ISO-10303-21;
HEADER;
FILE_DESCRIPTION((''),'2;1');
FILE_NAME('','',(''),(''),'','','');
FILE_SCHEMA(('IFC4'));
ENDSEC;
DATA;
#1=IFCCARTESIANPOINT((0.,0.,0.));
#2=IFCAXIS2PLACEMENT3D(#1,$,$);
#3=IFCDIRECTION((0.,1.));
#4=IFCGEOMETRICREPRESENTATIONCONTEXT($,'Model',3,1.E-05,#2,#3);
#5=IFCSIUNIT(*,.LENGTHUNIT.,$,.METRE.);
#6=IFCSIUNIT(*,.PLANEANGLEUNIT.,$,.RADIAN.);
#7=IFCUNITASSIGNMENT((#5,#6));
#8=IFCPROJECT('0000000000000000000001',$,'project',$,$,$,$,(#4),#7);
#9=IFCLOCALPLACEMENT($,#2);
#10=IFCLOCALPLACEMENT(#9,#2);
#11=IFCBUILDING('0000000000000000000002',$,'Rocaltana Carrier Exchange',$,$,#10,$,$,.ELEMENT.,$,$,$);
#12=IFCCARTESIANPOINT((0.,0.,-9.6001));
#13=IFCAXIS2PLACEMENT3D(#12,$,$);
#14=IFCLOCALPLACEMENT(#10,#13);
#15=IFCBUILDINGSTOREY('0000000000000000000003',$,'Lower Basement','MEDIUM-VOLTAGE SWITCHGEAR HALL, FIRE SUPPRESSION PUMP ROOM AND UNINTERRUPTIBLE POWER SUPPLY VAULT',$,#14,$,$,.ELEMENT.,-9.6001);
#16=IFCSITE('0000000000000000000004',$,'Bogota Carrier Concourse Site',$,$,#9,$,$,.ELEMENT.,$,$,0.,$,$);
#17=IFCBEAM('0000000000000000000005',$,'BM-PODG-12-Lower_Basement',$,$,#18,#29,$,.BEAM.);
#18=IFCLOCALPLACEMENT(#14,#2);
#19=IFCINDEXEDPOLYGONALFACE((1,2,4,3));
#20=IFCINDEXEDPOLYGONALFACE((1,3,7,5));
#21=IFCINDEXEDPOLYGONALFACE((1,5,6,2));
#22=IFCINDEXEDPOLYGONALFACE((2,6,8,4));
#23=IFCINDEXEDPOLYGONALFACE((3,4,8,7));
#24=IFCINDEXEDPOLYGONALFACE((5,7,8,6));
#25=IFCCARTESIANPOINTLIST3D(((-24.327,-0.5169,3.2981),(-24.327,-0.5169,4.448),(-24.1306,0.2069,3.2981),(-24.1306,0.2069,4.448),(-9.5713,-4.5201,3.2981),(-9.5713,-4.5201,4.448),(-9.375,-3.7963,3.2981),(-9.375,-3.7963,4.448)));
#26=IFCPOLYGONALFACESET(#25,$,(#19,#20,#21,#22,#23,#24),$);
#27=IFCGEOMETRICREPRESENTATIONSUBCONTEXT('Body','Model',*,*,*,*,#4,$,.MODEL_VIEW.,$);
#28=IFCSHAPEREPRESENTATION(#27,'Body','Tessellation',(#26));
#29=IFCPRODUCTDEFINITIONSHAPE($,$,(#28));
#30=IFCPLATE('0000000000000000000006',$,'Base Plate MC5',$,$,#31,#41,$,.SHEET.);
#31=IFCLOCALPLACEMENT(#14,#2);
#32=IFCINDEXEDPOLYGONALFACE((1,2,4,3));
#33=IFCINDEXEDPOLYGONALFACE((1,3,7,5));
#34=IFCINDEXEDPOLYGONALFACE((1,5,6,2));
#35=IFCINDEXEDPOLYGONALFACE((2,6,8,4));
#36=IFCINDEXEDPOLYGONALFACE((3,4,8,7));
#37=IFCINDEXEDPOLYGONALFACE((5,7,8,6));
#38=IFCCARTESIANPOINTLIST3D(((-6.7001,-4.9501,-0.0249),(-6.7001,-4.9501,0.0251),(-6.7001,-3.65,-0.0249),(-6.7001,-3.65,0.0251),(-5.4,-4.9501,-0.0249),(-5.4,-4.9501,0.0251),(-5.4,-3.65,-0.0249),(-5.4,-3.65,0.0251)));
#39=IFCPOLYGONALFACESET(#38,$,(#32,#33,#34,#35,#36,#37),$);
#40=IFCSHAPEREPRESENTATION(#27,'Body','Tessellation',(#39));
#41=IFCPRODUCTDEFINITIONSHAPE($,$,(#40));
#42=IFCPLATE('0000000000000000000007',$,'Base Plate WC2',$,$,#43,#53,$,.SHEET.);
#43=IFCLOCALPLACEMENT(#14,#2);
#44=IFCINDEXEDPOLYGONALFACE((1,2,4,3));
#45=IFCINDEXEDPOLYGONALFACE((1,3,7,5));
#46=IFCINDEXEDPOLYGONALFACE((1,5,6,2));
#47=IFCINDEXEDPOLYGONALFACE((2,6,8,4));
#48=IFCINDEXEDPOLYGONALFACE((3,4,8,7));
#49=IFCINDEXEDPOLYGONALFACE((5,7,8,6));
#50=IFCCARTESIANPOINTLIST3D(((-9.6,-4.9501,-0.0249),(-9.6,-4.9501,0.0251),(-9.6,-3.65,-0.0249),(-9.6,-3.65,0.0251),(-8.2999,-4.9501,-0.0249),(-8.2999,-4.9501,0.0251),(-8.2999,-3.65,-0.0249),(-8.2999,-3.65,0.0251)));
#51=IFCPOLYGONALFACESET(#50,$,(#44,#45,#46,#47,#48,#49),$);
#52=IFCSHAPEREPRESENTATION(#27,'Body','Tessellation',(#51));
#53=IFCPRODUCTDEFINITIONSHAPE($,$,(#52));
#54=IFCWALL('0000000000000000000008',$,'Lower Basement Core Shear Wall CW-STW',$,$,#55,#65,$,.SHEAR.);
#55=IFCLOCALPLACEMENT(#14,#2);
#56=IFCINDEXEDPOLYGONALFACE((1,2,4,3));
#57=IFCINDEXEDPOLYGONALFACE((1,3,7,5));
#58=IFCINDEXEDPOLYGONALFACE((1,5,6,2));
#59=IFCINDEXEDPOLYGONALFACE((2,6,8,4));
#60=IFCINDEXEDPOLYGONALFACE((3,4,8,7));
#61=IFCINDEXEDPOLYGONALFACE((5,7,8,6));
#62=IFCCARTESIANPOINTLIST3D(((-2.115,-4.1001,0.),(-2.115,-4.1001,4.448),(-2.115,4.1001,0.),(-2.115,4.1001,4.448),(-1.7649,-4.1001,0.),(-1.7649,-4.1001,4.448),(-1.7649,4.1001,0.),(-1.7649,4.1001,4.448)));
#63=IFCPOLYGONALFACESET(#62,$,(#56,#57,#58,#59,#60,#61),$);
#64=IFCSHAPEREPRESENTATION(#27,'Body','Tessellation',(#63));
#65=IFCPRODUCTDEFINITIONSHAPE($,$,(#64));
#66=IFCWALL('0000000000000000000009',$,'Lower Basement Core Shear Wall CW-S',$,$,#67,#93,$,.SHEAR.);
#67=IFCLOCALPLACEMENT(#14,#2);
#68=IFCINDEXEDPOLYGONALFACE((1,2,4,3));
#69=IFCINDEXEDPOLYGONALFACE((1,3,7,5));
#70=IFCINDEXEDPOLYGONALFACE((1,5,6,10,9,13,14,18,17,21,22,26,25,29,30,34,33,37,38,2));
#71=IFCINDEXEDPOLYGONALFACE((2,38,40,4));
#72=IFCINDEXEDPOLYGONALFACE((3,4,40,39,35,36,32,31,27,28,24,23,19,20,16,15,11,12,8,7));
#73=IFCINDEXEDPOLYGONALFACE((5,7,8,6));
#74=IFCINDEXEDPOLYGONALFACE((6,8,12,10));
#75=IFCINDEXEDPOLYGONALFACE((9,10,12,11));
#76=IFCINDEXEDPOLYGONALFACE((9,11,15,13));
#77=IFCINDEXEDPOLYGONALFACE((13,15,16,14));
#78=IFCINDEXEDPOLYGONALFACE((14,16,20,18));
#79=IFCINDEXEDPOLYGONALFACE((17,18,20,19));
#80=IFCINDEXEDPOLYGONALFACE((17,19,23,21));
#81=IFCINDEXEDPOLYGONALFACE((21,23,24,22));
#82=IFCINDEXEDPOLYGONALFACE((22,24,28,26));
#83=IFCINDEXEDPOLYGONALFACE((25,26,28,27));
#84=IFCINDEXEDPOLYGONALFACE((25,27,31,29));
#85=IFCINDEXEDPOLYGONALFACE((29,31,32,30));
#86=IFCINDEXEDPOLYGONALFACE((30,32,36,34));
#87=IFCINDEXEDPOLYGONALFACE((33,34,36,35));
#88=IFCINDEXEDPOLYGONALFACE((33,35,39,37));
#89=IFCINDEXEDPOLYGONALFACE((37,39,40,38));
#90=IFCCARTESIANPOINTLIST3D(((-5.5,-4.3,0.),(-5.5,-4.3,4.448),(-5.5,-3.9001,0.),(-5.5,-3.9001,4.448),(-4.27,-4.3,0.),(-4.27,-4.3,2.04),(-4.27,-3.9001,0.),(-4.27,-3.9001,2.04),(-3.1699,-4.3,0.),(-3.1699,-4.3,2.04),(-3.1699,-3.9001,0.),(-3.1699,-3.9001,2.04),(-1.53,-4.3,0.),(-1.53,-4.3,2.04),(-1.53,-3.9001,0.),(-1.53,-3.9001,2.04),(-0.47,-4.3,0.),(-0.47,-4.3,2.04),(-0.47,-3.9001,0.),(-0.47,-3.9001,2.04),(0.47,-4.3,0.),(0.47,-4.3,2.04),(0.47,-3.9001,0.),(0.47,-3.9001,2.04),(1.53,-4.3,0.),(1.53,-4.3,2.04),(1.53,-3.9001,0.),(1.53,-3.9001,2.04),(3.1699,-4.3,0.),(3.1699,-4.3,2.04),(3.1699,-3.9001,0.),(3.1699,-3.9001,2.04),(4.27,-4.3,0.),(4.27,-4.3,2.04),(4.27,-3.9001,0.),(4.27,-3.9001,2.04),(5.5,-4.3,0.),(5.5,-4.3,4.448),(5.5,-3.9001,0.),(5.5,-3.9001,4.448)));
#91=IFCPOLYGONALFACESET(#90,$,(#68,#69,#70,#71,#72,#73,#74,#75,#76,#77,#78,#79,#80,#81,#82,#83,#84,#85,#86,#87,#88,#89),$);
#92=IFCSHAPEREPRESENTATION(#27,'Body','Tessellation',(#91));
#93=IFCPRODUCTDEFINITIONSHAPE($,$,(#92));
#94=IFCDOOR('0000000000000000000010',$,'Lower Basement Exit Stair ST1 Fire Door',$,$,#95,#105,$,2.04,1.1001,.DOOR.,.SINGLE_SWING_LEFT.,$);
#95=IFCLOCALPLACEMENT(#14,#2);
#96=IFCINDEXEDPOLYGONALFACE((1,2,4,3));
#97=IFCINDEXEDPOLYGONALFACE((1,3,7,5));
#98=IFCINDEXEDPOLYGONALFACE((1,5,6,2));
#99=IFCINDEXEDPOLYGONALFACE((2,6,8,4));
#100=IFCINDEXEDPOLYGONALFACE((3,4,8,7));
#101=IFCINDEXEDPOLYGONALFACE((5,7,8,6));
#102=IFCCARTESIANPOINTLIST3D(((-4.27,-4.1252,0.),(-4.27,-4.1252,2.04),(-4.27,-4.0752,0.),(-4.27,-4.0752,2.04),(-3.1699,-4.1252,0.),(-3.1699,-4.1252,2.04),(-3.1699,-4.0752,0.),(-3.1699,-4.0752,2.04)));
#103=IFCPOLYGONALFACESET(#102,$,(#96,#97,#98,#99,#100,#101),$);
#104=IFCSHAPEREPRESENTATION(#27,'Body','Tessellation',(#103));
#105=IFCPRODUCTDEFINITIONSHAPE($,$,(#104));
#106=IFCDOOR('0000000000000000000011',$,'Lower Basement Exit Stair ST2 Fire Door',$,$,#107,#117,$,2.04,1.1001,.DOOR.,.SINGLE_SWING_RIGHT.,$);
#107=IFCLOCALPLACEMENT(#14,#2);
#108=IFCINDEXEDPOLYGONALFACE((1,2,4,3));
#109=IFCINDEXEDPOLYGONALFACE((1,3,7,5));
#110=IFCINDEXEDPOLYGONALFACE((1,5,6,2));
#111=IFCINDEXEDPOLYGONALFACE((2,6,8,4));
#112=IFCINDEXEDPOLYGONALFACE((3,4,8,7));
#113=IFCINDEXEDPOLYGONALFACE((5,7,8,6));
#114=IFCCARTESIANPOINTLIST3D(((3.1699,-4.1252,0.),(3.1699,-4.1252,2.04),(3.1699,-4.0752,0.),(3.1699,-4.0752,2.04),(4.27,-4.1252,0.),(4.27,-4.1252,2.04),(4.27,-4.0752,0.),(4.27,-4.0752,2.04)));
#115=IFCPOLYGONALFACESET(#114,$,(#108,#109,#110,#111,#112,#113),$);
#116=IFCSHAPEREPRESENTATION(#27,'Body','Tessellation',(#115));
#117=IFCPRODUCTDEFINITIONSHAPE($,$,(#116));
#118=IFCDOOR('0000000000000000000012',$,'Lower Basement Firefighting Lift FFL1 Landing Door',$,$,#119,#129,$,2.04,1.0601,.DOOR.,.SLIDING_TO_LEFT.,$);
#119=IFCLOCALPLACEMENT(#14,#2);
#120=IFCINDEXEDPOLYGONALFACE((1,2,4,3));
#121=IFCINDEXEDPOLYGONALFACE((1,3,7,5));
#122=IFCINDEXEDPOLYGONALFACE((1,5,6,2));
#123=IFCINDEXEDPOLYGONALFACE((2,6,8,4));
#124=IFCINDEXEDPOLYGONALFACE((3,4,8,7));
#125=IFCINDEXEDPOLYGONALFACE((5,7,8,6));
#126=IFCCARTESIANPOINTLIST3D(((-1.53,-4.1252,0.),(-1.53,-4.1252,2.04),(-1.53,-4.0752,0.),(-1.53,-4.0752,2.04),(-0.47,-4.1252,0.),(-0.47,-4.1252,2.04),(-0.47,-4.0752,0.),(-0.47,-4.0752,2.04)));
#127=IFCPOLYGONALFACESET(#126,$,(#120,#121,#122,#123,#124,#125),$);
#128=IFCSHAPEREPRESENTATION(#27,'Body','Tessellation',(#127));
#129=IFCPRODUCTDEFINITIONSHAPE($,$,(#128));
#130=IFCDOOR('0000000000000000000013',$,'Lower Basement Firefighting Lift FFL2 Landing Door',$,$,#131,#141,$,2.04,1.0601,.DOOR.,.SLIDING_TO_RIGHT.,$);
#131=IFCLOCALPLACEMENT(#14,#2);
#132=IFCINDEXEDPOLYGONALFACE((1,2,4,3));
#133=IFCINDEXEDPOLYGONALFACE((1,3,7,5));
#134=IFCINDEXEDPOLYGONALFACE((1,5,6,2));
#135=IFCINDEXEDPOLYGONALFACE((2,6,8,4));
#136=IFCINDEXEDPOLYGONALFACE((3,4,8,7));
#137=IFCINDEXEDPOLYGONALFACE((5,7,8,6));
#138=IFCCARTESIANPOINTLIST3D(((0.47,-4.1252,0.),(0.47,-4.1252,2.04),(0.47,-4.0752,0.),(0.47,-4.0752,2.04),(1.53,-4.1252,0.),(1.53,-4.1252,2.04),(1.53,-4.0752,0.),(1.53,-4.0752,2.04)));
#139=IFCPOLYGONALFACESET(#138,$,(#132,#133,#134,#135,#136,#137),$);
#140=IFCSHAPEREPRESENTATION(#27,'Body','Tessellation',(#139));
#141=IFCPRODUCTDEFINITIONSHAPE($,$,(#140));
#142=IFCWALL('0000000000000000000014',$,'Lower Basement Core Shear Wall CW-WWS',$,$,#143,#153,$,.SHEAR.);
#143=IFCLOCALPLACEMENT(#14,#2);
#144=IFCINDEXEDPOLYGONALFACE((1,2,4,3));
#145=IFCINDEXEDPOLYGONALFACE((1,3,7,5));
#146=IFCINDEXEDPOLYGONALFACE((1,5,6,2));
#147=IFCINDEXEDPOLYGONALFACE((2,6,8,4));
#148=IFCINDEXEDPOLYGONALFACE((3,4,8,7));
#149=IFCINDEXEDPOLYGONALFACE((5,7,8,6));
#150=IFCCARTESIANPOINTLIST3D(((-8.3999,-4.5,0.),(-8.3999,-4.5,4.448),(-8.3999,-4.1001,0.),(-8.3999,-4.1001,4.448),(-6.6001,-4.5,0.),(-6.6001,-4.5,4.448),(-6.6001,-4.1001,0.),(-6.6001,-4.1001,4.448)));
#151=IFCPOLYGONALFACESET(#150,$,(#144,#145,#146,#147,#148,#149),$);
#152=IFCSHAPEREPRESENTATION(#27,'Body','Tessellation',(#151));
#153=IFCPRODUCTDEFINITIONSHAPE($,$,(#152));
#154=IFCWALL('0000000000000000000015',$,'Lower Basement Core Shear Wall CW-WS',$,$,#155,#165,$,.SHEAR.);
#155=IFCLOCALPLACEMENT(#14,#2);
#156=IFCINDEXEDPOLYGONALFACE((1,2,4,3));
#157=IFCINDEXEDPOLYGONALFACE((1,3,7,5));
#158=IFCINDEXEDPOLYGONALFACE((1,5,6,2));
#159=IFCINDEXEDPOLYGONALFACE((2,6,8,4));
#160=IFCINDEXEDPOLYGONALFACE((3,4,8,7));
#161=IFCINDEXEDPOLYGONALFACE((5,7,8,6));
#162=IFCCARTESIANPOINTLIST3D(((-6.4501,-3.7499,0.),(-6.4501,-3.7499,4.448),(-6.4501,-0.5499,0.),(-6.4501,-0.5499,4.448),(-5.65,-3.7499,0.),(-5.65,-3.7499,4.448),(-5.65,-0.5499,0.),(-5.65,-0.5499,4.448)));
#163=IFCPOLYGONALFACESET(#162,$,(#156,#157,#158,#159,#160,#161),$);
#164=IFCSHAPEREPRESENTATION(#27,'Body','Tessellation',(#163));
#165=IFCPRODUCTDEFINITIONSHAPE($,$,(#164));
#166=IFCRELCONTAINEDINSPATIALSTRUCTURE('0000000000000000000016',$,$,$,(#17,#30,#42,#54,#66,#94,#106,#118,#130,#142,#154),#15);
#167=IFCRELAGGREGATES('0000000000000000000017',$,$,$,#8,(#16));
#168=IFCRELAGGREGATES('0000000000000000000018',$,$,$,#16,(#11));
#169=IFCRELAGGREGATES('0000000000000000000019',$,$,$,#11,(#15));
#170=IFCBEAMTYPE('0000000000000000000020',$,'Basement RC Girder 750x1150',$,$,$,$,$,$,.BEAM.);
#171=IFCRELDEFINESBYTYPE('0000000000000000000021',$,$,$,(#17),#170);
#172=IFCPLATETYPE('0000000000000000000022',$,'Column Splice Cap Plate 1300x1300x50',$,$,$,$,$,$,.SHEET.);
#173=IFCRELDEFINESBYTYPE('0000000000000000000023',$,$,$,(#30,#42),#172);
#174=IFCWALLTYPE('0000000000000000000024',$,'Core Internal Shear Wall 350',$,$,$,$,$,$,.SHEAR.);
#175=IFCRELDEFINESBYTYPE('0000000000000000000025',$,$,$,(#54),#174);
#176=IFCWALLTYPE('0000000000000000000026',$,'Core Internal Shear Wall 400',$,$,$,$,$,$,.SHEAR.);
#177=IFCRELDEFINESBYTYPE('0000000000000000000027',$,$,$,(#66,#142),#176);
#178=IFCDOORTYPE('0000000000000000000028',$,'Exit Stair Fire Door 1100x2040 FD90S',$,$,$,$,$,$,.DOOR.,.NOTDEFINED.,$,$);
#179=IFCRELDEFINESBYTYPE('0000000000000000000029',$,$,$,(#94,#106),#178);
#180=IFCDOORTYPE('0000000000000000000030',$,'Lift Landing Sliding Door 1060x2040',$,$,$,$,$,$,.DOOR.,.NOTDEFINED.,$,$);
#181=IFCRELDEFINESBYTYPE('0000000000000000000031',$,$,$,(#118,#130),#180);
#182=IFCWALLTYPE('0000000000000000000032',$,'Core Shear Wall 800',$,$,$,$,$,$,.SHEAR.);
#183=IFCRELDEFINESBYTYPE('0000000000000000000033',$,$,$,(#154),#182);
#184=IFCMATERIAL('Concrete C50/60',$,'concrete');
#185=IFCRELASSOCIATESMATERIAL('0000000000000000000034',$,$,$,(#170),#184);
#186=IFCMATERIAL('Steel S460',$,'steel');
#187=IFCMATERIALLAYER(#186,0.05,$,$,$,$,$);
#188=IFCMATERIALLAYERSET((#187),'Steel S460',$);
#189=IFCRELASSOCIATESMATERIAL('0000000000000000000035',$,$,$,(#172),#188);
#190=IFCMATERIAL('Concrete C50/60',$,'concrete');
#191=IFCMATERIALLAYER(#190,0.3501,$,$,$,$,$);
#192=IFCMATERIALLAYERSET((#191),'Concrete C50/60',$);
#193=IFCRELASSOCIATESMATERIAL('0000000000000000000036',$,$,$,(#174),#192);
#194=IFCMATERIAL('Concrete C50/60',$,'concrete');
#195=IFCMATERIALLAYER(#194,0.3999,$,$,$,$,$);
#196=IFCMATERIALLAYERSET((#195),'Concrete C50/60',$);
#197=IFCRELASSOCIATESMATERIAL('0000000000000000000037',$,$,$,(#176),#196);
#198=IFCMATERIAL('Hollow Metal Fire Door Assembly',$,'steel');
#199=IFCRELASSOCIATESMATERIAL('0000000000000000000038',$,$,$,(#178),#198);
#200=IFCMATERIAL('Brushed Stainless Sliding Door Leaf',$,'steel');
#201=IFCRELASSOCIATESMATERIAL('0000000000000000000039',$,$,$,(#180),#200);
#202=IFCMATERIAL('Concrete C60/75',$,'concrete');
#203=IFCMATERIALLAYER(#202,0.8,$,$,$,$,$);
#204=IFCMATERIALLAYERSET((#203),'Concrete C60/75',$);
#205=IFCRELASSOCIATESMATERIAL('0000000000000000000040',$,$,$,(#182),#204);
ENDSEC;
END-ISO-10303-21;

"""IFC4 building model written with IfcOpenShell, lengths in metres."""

from ifc_helpers import new_model, si_unit, direction, frame, frame_2d, origin, origin_2d, place, context, subcontext, project, spatial, rectangle, extrude, material, layer, layer_set, material_profile, profile_set, type_object, element, fill, save


model = new_model("IFC4")

# Units and contexts
model_context = context("Model", 3, precision=1e-05, world=origin(), true_north=direction((0.0, 1.0)))
body_context = subcontext(model_context, "Body", "Model", "MODEL_VIEW")
ifc_project = project(units=[si_unit("LENGTHUNIT", "METRE"), si_unit("PLANEANGLEUNIT", "RADIAN")], contexts=[model_context])

# Site, building, storey
site_placement = place(None, origin())
site = spatial("IfcSite", under=ifc_project, at=site_placement, Name="Bogota Carrier Concourse Site", CompositionType="ELEMENT", RefElevation=0.0)
building_placement = place(site_placement, origin())
building = spatial("IfcBuilding", under=site, at=building_placement, Name="Rocaltana Carrier Exchange", CompositionType="ELEMENT")
storey_placement = place(building_placement, frame((0.0, 0.0, -9.6001)))
storey = spatial("IfcBuildingStorey", under=building, at=storey_placement, Name="Lower Basement", Description="MEDIUM-VOLTAGE SWITCHGEAR HALL, FIRE SUPPRESSION PUMP ROOM AND UNINTERRUPTIBLE POWER SUPPLY VAULT", CompositionType="ELEMENT", Elevation=-9.6001)

# Beam
ifc_material_1 = material(Name="Concrete C50/60", Category="concrete")
ifc_material_profile_1 = material_profile(ifc_material_1, rectangle(XDim=0.75, YDim=1.1499, at=origin_2d()), Name="RC-BM-750X1150")
ifc_profile_set_1 = profile_set([ifc_material_profile_1], Name="Concrete C50/60")
beam_type = type_object("IfcBeamType", Name="Basement RC Girder 750x1150", PredefinedType="BEAM", material=ifc_profile_set_1)
beam_placement = place(storey_placement, frame((-9.4731, -4.1582, 3.873), z_axis=(-0.965113, 0.261834, 0.0), x_axis=(-0.261834, -0.965113, 0.0)))
element("IfcBeam", 1, at=beam_placement, inside=storey, type_object=beam_type, Name="BM-PODG-12-Lower_Basement", PredefinedType="BEAM", context=body_context, shape_type="SweptSolid", body=[
    extrude(rectangle(XDim=0.75, YDim=1.1499, at=origin_2d()), origin(), (0.0, 0.0, 1.0), 15.2891),
])

# Plates
ifc_material_2 = material(Name="Steel S460", Category="steel")
ifc_layer_1 = layer(ifc_material_2, 0.05)
ifc_layer_set_1 = layer_set([ifc_layer_1], Name="Steel S460")
plate_type = type_object("IfcPlateType", Name="Column Splice Cap Plate 1300x1300x50", PredefinedType="SHEET", material=ifc_layer_set_1)
for number, where, z_axis, x_axis, name in (
    (2, (-6.05, -4.3, -0.0249), (0.0, 0.0, 1.0), (1.0, 0.0, 0.0), "Base Plate MC5"),
    (3, (-8.95, -4.3, -0.0249), (0.0, 0.0, 1.0), (1.0, 0.0, 0.0), "Base Plate WC2"),
):
    element("IfcPlate", number, at=place(storey_placement, frame(where, z_axis=z_axis, x_axis=x_axis)), inside=storey, type_object=plate_type, Name=name, PredefinedType="SHEET", context=body_context, shape_type="SweptSolid", body=[
        extrude(rectangle(XDim=1.3, YDim=1.3, at=origin_2d()), origin(), (0.0, 0.0, 1.0), 0.05),
    ])

# Wall
ifc_material_3 = material(Name="Concrete C50/60", Category="concrete")
ifc_layer_2 = layer(ifc_material_3, 0.3501)
ifc_layer_set_2 = layer_set([ifc_layer_2], Name="Concrete C50/60")
wall_type_1 = type_object("IfcWallType", Name="Core Internal Shear Wall 350", PredefinedType="SHEAR", material=ifc_layer_set_2)
wall_1_placement = place(storey_placement, frame((-1.9399, -4.1001, 0.0), z_axis=(0.0, 0.0, 1.0), x_axis=(0.0, 1.0, 0.0)))
element("IfcWall", 4, at=wall_1_placement, inside=storey, type_object=wall_type_1, Name="Lower Basement Core Shear Wall CW-STW", PredefinedType="SHEAR", context=body_context, shape_type="SweptSolid", body=[
    extrude(rectangle(XDim=8.2002, YDim=0.3501, at=frame_2d((4.1001, 0.0))), origin(), (0.0, 0.0, 1.0), 4.448),
])

# Wall, openings, doors
ifc_material_4 = material(Name="Concrete C50/60", Category="concrete")
ifc_layer_3 = layer(ifc_material_4, 0.3999)
ifc_layer_set_3 = layer_set([ifc_layer_3], Name="Concrete C50/60")
wall_type_2 = type_object("IfcWallType", Name="Core Internal Shear Wall 400", PredefinedType="SHEAR", material=ifc_layer_set_3)
wall_2_placement = place(storey_placement, frame((-5.5, -4.1001, 0.0), z_axis=(0.0, 0.0, 1.0), x_axis=(1.0, 0.0, 0.0)))
wall_2 = element("IfcWall", 5, at=wall_2_placement, inside=storey, type_object=wall_type_2, Name="Lower Basement Core Shear Wall CW-S", PredefinedType="SHEAR", context=body_context, shape_type="SweptSolid", body=[
    extrude(rectangle(XDim=11.0, YDim=0.3999, at=frame_2d((5.5, 0.0))), origin(), (0.0, 0.0, 1.0), 4.448),
])
opening_1_placement = place(wall_2_placement, frame((1.23, 0.0, 0.0)))
opening_1 = element("IfcOpeningElement", 6, at=opening_1_placement, cuts=wall_2, PredefinedType="OPENING", context=body_context, shape_type="SweptSolid", body=[
    extrude(rectangle(XDim=1.1001, YDim=2.04, at=frame_2d((0.55, 1.02))), frame((0.0, 0.21, 0.0), z_axis=(0.0, -1.0, 0.0), x_axis=(1.0, 0.0, 0.0)), (0.0, 0.0, 1.0), 0.4199),
])
opening_2_placement = place(wall_2_placement, frame((8.6699, 0.0, 0.0)))
opening_2 = element("IfcOpeningElement", 7, at=opening_2_placement, cuts=wall_2, PredefinedType="OPENING", context=body_context, shape_type="SweptSolid", body=[
    extrude(rectangle(XDim=1.1001, YDim=2.04, at=frame_2d((0.55, 1.02))), frame((0.0, 0.21, 0.0), z_axis=(0.0, -1.0, 0.0), x_axis=(1.0, 0.0, 0.0)), (0.0, 0.0, 1.0), 0.4199),
])
opening_3_placement = place(wall_2_placement, frame((3.97, 0.0, 0.0)))
opening_3 = element("IfcOpeningElement", 8, at=opening_3_placement, cuts=wall_2, PredefinedType="OPENING", context=body_context, shape_type="SweptSolid", body=[
    extrude(rectangle(XDim=1.0601, YDim=2.04, at=frame_2d((0.53, 1.02))), frame((0.0, 0.21, 0.0), z_axis=(0.0, -1.0, 0.0), x_axis=(1.0, 0.0, 0.0)), (0.0, 0.0, 1.0), 0.4199),
])
opening_4_placement = place(wall_2_placement, frame((5.97, 0.0, 0.0)))
opening_4 = element("IfcOpeningElement", 9, at=opening_4_placement, cuts=wall_2, PredefinedType="OPENING", context=body_context, shape_type="SweptSolid", body=[
    extrude(rectangle(XDim=1.0601, YDim=2.04, at=frame_2d((0.53, 1.02))), frame((0.0, 0.21, 0.0), z_axis=(0.0, -1.0, 0.0), x_axis=(1.0, 0.0, 0.0)), (0.0, 0.0, 1.0), 0.4199),
])
ifc_material_5 = material(Name="Hollow Metal Fire Door Assembly", Category="steel")
door_type_1 = type_object("IfcDoorType", Name="Exit Stair Fire Door 1100x2040 FD90S", OperationType="NOTDEFINED", PredefinedType="DOOR", material=ifc_material_5)
door_1_placement = place(opening_1_placement, origin())
door_1 = element("IfcDoor", 10, at=door_1_placement, inside=storey, type_object=door_type_1, Name="Lower Basement Exit Stair ST1 Fire Door", OperationType="SINGLE_SWING_LEFT", OverallHeight=2.04, OverallWidth=1.1001, PredefinedType="DOOR", context=body_context, shape_type="SweptSolid", body=[
    extrude(rectangle(XDim=1.1001, YDim=2.04, at=frame_2d((0.55, 1.02))), frame((0.0, 0.0249, 0.0), z_axis=(0.0, -1.0, 0.0), x_axis=(1.0, 0.0, 0.0)), (0.0, 0.0, 1.0), 0.05),
])
fill(opening_1, door_1)
door_2_placement = place(opening_2_placement, origin())
door_2 = element("IfcDoor", 11, at=door_2_placement, inside=storey, type_object=door_type_1, Name="Lower Basement Exit Stair ST2 Fire Door", OperationType="SINGLE_SWING_RIGHT", OverallHeight=2.04, OverallWidth=1.1001, PredefinedType="DOOR", context=body_context, shape_type="SweptSolid", body=[
    extrude(rectangle(XDim=1.1001, YDim=2.04, at=frame_2d((0.55, 1.02))), frame((0.0, 0.0249, 0.0), z_axis=(0.0, -1.0, 0.0), x_axis=(1.0, 0.0, 0.0)), (0.0, 0.0, 1.0), 0.05),
])
fill(opening_2, door_2)
ifc_material_6 = material(Name="Brushed Stainless Sliding Door Leaf", Category="steel")
door_type_2 = type_object("IfcDoorType", Name="Lift Landing Sliding Door 1060x2040", OperationType="NOTDEFINED", PredefinedType="DOOR", material=ifc_material_6)
door_3_placement = place(opening_3_placement, origin())
door_3 = element("IfcDoor", 12, at=door_3_placement, inside=storey, type_object=door_type_2, Name="Lower Basement Firefighting Lift FFL1 Landing Door", OperationType="SLIDING_TO_LEFT", OverallHeight=2.04, OverallWidth=1.0601, PredefinedType="DOOR", context=body_context, shape_type="SweptSolid", body=[
    extrude(rectangle(XDim=1.0601, YDim=2.04, at=frame_2d((0.53, 1.02))), frame((0.0, 0.0249, 0.0), z_axis=(0.0, -1.0, 0.0), x_axis=(1.0, 0.0, 0.0)), (0.0, 0.0, 1.0), 0.05),
])
fill(opening_3, door_3)
door_4_placement = place(opening_4_placement, origin())
door_4 = element("IfcDoor", 13, at=door_4_placement, inside=storey, type_object=door_type_2, Name="Lower Basement Firefighting Lift FFL2 Landing Door", OperationType="SLIDING_TO_RIGHT", OverallHeight=2.04, OverallWidth=1.0601, PredefinedType="DOOR", context=body_context, shape_type="SweptSolid", body=[
    extrude(rectangle(XDim=1.0601, YDim=2.04, at=frame_2d((0.53, 1.02))), frame((0.0, 0.0249, 0.0), z_axis=(0.0, -1.0, 0.0), x_axis=(1.0, 0.0, 0.0)), (0.0, 0.0, 1.0), 0.05),
])
fill(opening_4, door_4)

# Walls
wall_3_placement = place(storey_placement, frame((-8.3999, -4.3, 0.0), z_axis=(0.0, 0.0, 1.0), x_axis=(1.0, 0.0, 0.0)))
element("IfcWall", 14, at=wall_3_placement, inside=storey, type_object=wall_type_2, Name="Lower Basement Core Shear Wall CW-WWS", PredefinedType="SHEAR", context=body_context, shape_type="SweptSolid", body=[
    extrude(rectangle(XDim=1.7998, YDim=0.3999, at=frame_2d((0.8999, 0.0))), origin(), (0.0, 0.0, 1.0), 4.448),
])
ifc_material_7 = material(Name="Concrete C60/75", Category="concrete")
ifc_layer_4 = layer(ifc_material_7, 0.8)
ifc_layer_set_4 = layer_set([ifc_layer_4], Name="Concrete C60/75")
wall_type_3 = type_object("IfcWallType", Name="Core Shear Wall 800", PredefinedType="SHEAR", material=ifc_layer_set_4)
wall_4_placement = place(storey_placement, frame((-6.05, -3.75, 0.0), z_axis=(0.0, 0.0, 1.0), x_axis=(0.0, 1.0, 0.0)))
element("IfcWall", 15, at=wall_4_placement, inside=storey, type_object=wall_type_3, Name="Lower Basement Core Shear Wall CW-WS", PredefinedType="SHEAR", context=body_context, shape_type="SweptSolid", body=[
    extrude(rectangle(XDim=3.2, YDim=0.8, at=frame_2d((1.6001, 0.0))), origin(), (0.0, 0.0, 1.0), 4.448),
])

save(model, "model.ifc")
